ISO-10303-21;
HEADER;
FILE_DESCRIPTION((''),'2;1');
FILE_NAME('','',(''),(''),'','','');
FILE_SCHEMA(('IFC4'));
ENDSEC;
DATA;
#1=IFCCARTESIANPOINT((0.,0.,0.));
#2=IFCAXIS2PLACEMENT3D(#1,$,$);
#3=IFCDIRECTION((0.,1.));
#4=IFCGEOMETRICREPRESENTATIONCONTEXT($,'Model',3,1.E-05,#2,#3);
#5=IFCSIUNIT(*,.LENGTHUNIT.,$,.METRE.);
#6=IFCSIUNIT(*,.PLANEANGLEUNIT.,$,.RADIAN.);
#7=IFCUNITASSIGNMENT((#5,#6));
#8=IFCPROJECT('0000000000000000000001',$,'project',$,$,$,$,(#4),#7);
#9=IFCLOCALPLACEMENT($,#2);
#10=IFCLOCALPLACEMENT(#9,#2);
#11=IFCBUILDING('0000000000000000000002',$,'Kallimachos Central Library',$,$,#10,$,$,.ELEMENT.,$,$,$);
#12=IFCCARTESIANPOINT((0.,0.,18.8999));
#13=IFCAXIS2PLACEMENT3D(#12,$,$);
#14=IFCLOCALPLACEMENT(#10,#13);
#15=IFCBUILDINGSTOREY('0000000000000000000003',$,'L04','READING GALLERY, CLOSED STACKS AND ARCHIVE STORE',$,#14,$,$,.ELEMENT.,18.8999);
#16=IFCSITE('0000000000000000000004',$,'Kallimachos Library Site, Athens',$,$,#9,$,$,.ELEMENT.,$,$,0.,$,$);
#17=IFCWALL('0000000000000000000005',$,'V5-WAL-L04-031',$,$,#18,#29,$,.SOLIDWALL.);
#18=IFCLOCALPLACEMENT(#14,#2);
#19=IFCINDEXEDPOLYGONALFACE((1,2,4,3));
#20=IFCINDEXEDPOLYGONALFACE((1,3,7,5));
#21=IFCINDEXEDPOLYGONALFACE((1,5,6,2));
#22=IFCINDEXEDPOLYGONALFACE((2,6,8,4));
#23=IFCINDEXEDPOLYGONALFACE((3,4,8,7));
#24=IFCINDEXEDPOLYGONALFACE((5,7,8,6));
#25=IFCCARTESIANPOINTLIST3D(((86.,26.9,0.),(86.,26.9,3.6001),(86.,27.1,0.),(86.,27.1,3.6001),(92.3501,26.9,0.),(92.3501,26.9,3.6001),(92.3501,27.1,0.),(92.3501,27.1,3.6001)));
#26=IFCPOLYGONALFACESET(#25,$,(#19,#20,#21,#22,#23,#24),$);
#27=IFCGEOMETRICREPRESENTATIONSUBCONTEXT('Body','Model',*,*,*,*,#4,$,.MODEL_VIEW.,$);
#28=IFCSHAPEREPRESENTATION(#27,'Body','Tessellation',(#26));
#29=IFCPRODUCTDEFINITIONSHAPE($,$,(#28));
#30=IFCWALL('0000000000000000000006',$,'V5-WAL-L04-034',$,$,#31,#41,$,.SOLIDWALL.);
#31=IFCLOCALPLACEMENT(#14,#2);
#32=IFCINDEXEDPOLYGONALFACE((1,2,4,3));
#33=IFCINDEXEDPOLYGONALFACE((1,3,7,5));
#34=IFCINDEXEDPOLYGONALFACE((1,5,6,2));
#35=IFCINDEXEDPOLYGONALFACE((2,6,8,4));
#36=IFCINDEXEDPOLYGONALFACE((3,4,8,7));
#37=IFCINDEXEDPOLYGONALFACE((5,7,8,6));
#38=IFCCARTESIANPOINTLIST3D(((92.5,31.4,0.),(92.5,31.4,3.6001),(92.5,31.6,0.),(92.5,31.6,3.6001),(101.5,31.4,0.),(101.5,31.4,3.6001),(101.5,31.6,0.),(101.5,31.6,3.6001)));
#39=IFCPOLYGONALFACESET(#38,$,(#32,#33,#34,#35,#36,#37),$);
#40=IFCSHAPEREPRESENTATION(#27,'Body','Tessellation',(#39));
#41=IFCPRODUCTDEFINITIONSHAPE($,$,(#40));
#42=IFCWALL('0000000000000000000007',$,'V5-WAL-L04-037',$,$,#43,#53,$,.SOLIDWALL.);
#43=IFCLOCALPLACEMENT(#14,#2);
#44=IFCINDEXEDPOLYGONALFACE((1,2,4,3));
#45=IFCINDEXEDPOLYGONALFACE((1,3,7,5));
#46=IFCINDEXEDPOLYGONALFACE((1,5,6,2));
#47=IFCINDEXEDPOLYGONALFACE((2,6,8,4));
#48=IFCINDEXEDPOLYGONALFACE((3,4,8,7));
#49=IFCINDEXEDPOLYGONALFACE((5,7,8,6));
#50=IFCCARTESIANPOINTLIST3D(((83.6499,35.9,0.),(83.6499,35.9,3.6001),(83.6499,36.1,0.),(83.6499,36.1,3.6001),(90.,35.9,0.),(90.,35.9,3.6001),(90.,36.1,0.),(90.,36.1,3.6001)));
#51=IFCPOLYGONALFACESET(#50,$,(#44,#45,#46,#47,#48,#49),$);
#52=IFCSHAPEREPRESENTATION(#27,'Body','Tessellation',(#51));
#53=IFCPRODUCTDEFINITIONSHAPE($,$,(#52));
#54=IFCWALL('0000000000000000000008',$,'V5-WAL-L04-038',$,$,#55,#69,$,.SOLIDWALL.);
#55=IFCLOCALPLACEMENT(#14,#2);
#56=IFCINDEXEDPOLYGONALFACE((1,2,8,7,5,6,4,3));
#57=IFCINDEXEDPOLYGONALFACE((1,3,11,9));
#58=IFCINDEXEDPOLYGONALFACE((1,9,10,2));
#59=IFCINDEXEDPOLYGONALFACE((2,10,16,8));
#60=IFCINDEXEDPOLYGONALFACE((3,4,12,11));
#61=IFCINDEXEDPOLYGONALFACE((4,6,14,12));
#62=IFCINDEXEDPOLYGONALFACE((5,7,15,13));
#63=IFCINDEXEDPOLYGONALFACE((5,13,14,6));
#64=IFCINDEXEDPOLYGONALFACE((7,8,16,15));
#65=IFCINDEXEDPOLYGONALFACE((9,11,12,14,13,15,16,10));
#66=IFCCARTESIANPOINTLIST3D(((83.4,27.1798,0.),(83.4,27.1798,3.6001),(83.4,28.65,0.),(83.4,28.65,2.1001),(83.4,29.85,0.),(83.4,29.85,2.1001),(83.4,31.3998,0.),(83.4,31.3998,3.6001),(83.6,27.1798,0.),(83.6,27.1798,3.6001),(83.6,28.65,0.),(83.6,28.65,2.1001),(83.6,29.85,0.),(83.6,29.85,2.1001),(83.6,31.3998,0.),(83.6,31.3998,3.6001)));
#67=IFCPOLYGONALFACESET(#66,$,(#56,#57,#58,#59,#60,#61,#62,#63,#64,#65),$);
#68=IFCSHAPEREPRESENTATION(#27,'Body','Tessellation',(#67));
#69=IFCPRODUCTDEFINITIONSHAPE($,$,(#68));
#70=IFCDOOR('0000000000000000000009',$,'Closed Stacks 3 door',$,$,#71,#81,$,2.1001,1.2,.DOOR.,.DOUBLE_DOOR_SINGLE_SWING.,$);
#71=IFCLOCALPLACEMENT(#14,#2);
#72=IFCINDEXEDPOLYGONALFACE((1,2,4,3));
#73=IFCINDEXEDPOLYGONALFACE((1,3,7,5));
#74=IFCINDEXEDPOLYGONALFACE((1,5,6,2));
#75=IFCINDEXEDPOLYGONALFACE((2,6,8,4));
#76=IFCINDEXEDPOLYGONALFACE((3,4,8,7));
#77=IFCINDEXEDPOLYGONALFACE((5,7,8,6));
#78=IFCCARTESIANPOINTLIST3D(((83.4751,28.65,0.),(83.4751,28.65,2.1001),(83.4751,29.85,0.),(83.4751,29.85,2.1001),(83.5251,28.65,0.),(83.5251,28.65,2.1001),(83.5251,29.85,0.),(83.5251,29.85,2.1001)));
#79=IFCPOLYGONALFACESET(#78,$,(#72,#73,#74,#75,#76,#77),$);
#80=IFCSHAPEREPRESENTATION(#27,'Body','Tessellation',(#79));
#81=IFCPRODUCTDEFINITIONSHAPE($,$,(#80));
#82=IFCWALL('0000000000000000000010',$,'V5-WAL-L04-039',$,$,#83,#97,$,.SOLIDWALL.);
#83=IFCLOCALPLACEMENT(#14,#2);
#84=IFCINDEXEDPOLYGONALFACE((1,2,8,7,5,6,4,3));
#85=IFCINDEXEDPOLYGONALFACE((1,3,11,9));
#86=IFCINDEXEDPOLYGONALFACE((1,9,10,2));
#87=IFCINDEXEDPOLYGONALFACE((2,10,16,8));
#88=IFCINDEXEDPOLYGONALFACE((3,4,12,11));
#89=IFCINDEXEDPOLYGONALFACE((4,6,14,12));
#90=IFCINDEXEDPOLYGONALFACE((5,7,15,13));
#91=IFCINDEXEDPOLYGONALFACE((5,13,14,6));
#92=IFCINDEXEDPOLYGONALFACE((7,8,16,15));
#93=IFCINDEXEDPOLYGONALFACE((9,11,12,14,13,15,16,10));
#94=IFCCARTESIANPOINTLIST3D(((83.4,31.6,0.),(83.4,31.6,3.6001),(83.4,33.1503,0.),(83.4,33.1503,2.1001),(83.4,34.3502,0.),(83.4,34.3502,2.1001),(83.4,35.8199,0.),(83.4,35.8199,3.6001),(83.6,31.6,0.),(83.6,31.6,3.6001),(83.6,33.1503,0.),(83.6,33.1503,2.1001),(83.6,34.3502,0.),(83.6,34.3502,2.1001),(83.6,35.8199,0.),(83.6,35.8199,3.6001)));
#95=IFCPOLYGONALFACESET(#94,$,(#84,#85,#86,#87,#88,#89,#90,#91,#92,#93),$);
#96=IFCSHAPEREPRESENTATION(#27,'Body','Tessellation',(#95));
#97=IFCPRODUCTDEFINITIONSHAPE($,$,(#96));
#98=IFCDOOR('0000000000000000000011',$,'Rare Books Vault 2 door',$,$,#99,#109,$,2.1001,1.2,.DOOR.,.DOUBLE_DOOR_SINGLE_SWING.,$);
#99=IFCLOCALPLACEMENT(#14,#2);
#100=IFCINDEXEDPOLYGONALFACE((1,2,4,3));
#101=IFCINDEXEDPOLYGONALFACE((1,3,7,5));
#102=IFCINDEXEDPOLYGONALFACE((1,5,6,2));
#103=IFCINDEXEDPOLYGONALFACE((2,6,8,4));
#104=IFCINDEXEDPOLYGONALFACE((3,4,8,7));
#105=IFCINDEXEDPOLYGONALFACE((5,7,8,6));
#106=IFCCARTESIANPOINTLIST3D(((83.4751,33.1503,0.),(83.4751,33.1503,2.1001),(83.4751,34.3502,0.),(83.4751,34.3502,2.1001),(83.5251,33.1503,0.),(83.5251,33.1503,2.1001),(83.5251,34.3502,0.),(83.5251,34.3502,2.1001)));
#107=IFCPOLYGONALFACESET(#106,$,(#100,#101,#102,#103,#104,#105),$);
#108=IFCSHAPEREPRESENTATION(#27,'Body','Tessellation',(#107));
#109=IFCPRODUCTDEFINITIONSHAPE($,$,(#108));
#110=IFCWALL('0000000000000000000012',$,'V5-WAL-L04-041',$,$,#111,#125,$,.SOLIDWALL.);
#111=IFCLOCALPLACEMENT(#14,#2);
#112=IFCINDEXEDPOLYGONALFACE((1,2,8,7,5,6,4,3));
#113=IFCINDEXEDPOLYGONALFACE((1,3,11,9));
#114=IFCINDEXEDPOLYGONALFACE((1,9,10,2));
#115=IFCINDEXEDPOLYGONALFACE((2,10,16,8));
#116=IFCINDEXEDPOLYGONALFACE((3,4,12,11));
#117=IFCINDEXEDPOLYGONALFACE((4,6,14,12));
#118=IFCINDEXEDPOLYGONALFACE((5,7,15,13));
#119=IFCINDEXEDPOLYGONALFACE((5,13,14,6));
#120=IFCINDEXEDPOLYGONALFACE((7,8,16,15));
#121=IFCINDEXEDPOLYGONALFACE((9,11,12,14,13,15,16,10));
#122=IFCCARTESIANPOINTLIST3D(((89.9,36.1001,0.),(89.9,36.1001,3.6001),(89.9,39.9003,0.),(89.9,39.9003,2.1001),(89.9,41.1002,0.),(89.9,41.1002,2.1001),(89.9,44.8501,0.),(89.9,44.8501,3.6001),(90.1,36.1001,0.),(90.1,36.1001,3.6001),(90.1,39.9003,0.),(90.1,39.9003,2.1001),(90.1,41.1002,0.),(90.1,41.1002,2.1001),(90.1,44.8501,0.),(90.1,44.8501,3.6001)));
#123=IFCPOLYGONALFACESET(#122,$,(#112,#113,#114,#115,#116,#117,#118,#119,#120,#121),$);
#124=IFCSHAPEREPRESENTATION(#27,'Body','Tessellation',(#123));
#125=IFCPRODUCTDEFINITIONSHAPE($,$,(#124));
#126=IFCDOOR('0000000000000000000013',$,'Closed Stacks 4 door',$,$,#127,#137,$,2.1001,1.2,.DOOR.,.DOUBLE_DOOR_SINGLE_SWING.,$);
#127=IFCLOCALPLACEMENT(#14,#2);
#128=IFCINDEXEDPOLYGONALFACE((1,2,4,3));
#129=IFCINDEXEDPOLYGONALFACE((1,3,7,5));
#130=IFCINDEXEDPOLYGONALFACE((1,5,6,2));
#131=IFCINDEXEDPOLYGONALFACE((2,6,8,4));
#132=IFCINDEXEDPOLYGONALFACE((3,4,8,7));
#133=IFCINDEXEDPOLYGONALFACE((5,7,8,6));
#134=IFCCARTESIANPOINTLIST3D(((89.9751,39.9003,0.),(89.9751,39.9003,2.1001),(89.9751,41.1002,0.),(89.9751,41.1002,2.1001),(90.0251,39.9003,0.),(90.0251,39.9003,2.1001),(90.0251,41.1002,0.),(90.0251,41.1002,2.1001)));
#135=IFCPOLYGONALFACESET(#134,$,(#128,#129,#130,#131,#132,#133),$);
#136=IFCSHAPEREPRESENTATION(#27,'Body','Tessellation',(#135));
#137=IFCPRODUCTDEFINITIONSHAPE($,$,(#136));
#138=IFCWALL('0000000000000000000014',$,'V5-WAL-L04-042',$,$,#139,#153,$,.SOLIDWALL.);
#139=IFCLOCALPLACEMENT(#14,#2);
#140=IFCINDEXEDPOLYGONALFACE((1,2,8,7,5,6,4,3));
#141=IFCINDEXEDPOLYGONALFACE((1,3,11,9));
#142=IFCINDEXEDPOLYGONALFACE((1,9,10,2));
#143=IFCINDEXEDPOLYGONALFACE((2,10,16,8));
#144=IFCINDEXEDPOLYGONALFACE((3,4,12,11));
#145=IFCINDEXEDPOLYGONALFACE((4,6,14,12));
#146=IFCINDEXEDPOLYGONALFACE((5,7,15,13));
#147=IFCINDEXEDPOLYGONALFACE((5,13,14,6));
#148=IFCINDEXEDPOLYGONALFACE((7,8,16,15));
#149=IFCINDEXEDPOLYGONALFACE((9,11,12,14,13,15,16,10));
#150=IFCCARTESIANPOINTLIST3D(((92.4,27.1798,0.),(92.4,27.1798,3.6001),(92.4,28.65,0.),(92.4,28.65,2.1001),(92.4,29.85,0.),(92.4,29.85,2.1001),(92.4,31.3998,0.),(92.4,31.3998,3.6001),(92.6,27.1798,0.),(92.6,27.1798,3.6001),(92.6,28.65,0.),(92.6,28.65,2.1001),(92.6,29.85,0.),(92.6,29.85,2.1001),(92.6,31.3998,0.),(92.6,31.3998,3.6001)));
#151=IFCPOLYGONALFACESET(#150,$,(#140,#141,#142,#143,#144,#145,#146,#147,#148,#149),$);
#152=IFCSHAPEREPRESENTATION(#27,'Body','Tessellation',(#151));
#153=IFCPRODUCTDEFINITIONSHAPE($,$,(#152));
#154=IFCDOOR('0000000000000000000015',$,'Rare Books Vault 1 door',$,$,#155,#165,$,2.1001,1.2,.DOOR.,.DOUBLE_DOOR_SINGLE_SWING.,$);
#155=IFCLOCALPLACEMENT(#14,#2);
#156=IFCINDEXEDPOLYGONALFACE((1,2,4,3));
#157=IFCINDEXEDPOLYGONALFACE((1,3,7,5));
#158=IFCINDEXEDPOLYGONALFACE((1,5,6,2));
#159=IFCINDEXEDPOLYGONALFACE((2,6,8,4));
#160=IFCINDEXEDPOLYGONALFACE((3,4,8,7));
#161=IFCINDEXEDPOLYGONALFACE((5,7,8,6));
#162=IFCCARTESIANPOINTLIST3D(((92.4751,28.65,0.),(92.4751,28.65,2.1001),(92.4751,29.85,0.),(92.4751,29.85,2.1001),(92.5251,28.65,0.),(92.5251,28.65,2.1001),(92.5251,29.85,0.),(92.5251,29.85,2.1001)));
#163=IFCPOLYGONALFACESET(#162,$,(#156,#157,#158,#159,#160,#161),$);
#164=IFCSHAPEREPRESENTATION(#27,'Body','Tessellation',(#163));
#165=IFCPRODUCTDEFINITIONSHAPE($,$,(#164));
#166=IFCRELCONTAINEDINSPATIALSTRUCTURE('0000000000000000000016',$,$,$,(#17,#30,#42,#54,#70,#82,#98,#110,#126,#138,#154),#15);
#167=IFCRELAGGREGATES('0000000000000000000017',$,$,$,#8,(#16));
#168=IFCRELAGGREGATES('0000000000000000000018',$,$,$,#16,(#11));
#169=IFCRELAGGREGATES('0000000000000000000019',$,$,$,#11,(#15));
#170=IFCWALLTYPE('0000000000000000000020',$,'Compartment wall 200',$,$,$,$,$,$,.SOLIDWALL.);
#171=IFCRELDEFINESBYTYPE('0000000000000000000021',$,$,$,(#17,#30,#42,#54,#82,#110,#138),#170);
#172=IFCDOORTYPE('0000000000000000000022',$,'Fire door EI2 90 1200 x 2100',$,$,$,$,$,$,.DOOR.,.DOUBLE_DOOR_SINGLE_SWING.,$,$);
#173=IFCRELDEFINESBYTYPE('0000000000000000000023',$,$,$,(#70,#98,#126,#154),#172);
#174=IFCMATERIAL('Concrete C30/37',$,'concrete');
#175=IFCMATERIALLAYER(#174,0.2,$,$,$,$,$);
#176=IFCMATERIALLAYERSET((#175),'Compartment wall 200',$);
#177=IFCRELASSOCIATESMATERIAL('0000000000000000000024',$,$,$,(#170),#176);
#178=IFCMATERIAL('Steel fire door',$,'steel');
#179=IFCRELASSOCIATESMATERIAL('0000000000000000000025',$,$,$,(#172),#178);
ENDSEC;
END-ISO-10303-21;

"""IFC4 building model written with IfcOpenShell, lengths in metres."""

from ifc_helpers import new_model, si_unit, direction, frame, frame_2d, origin, place, context, subcontext, project, spatial, rectangle, extrude, material, layer, layer_set, type_object, element, fill, save


model = new_model("IFC4")

# Units and contexts
model_context = context("Model", 3, precision=1e-05, world=origin(), true_north=direction((0.0, 1.0)))
body_context = subcontext(model_context, "Body", "Model", "MODEL_VIEW")
ifc_project = project(units=[si_unit("LENGTHUNIT", "METRE"), si_unit("PLANEANGLEUNIT", "RADIAN")], contexts=[model_context])

# Site, building, storey
site_placement = place(None, origin())
site = spatial("IfcSite", under=ifc_project, at=site_placement, Name="Kallimachos Library Site, Athens", CompositionType="ELEMENT", RefElevation=0.0)
building_placement = place(site_placement, origin())
building = spatial("IfcBuilding", under=site, at=building_placement, Name="Kallimachos Central Library", CompositionType="ELEMENT")
storey_placement = place(building_placement, frame((0.0, 0.0, 18.8999)))
storey = spatial("IfcBuildingStorey", under=building, at=storey_placement, Name="L04", Description="READING GALLERY, CLOSED STACKS AND ARCHIVE STORE", CompositionType="ELEMENT", Elevation=18.8999)

# Walls
ifc_material_1 = material(Name="Concrete C30/37", Category="concrete")
ifc_layer_1 = layer(ifc_material_1, 0.2)
ifc_layer_set_1 = layer_set([ifc_layer_1], Name="Compartment wall 200")
wall_type_1 = type_object("IfcWallType", Name="Compartment wall 200", PredefinedType="SOLIDWALL", material=ifc_layer_set_1)
wall_1_placement = place(storey_placement, frame((86.0, 27.0, 0.0), z_axis=(0.0, 0.0, 1.0), x_axis=(1.0, 0.0, 0.0)))
element("IfcWall", 1, at=wall_1_placement, inside=storey, type_object=wall_type_1, Name="V5-WAL-L04-031", PredefinedType="SOLIDWALL", context=body_context, shape_type="SweptSolid", body=[
    extrude(rectangle(XDim=6.3501, YDim=0.2, at=frame_2d((3.175, 0.0))), origin(), (0.0, 0.0, 1.0), 3.6001),
])
wall_2_placement = place(storey_placement, frame((92.5, 31.5, 0.0), z_axis=(0.0, 0.0, 1.0), x_axis=(1.0, 0.0, 0.0)))
element("IfcWall", 2, at=wall_2_placement, inside=storey, type_object=wall_type_1, Name="V5-WAL-L04-034", PredefinedType="SOLIDWALL", context=body_context, shape_type="SweptSolid", body=[
    extrude(rectangle(XDim=9.0, YDim=0.2, at=frame_2d((4.5, 0.0))), origin(), (0.0, 0.0, 1.0), 3.6001),
])
wall_3_placement = place(storey_placement, frame((83.6499, 36.0, 0.0), z_axis=(0.0, 0.0, 1.0), x_axis=(1.0, 0.0, 0.0)))
element("IfcWall", 3, at=wall_3_placement, inside=storey, type_object=wall_type_1, Name="V5-WAL-L04-037", PredefinedType="SOLIDWALL", context=body_context, shape_type="SweptSolid", body=[
    extrude(rectangle(XDim=6.3501, YDim=0.2, at=frame_2d((3.175, 0.0))), origin(), (0.0, 0.0, 1.0), 3.6001),
])

# Walls, openings, doors
wall_4_placement = place(storey_placement, frame((83.5, 27.1799, 0.0), z_axis=(0.0, 0.0, 1.0), x_axis=(0.0, 1.0, 0.0)))
wall_4 = element("IfcWall", 4, at=wall_4_placement, inside=storey, type_object=wall_type_1, Name="V5-WAL-L04-038", PredefinedType="SOLIDWALL", context=body_context, shape_type="SweptSolid", body=[
    extrude(rectangle(XDim=4.22, YDim=0.2, at=frame_2d((2.1099, 0.0))), origin(), (0.0, 0.0, 1.0), 3.6001),
])
opening_1_placement = place(wall_4_placement, frame((1.47, 0.0, 0.0)))
opening_1 = element("IfcOpeningElement", 5, at=opening_1_placement, cuts=wall_4, PredefinedType="OPENING", context=body_context, shape_type="SweptSolid", body=[
    extrude(rectangle(XDim=1.2, YDim=2.1001, at=frame_2d((0.6001, 1.05))), frame((0.0, 0.1099, 0.0), z_axis=(0.0, -1.0, 0.0), x_axis=(1.0, 0.0, 0.0)), (0.0, 0.0, 1.0), 0.22),
])
ifc_material_2 = material(Name="Steel fire door", Category="steel")
door_type_1 = type_object("IfcDoorType", Name="Fire door EI2 90 1200 x 2100", OperationType="DOUBLE_DOOR_SINGLE_SWING", PredefinedType="DOOR", material=ifc_material_2)
door_1_placement = place(opening_1_placement, origin())
door_1 = element("IfcDoor", 6, at=door_1_placement, inside=storey, type_object=door_type_1, Name="Closed Stacks 3 door", OperationType="DOUBLE_DOOR_SINGLE_SWING", OverallHeight=2.1001, OverallWidth=1.2, PredefinedType="DOOR", context=body_context, shape_type="SweptSolid", body=[
    extrude(rectangle(XDim=1.2, YDim=2.1001, at=frame_2d((0.6001, 1.05))), frame((0.0, 0.0249, 0.0), z_axis=(0.0, -1.0, 0.0), x_axis=(1.0, 0.0, 0.0)), (0.0, 0.0, 1.0), 0.05),
])
fill(opening_1, door_1)
wall_5_placement = place(storey_placement, frame((83.5, 31.6001, 0.0), z_axis=(0.0, 0.0, 1.0), x_axis=(0.0, 1.0, 0.0)))
wall_5 = element("IfcWall", 7, at=wall_5_placement, inside=storey, type_object=wall_type_1, Name="V5-WAL-L04-039", PredefinedType="SOLIDWALL", context=body_context, shape_type="SweptSolid", body=[
    extrude(rectangle(XDim=4.22, YDim=0.2, at=frame_2d((2.1099, 0.0))), origin(), (0.0, 0.0, 1.0), 3.6001),
])
opening_2_placement = place(wall_5_placement, frame((1.55, 0.0, 0.0)))
opening_2 = element("IfcOpeningElement", 8, at=opening_2_placement, cuts=wall_5, PredefinedType="OPENING", context=body_context, shape_type="SweptSolid", body=[
    extrude(rectangle(XDim=1.2, YDim=2.1001, at=frame_2d((0.6001, 1.05))), frame((0.0, 0.1099, 0.0), z_axis=(0.0, -1.0, 0.0), x_axis=(1.0, 0.0, 0.0)), (0.0, 0.0, 1.0), 0.22),
])
door_2_placement = place(opening_2_placement, origin())
door_2 = element("IfcDoor", 9, at=door_2_placement, inside=storey, type_object=door_type_1, Name="Rare Books Vault 2 door", OperationType="DOUBLE_DOOR_SINGLE_SWING", OverallHeight=2.1001, OverallWidth=1.2, PredefinedType="DOOR", context=body_context, shape_type="SweptSolid", body=[
    extrude(rectangle(XDim=1.2, YDim=2.1001, at=frame_2d((0.6001, 1.05))), frame((0.0, 0.0249, 0.0), z_axis=(0.0, -1.0, 0.0), x_axis=(1.0, 0.0, 0.0)), (0.0, 0.0, 1.0), 0.05),
])
fill(opening_2, door_2)
wall_6_placement = place(storey_placement, frame((90.0, 36.1001, 0.0), z_axis=(0.0, 0.0, 1.0), x_axis=(0.0, 1.0, 0.0)))
wall_6 = element("IfcWall", 10, at=wall_6_placement, inside=storey, type_object=wall_type_1, Name="V5-WAL-L04-041", PredefinedType="SOLIDWALL", context=body_context, shape_type="SweptSolid", body=[
    extrude(rectangle(XDim=8.75, YDim=0.2, at=frame_2d((4.375, 0.0))), origin(), (0.0, 0.0, 1.0), 3.6001),
])
opening_3_placement = place(wall_6_placement, frame((3.8, 0.0, 0.0)))
opening_3 = element("IfcOpeningElement", 11, at=opening_3_placement, cuts=wall_6, PredefinedType="OPENING", context=body_context, shape_type="SweptSolid", body=[
    extrude(rectangle(XDim=1.2, YDim=2.1001, at=frame_2d((0.6001, 1.05))), frame((0.0, 0.1099, 0.0), z_axis=(0.0, -1.0, 0.0), x_axis=(1.0, 0.0, 0.0)), (0.0, 0.0, 1.0), 0.22),
])
door_3_placement = place(opening_3_placement, origin())
door_3 = element("IfcDoor", 12, at=door_3_placement, inside=storey, type_object=door_type_1, Name="Closed Stacks 4 door", OperationType="DOUBLE_DOOR_SINGLE_SWING", OverallHeight=2.1001, OverallWidth=1.2, PredefinedType="DOOR", context=body_context, shape_type="SweptSolid", body=[
    extrude(rectangle(XDim=1.2, YDim=2.1001, at=frame_2d((0.6001, 1.05))), frame((0.0, 0.0249, 0.0), z_axis=(0.0, -1.0, 0.0), x_axis=(1.0, 0.0, 0.0)), (0.0, 0.0, 1.0), 0.05),
])
fill(opening_3, door_3)
wall_7_placement = place(storey_placement, frame((92.5, 27.1799, 0.0), z_axis=(0.0, 0.0, 1.0), x_axis=(0.0, 1.0, 0.0)))
wall_7 = element("IfcWall", 13, at=wall_7_placement, inside=storey, type_object=wall_type_1, Name="V5-WAL-L04-042", PredefinedType="SOLIDWALL", context=body_context, shape_type="SweptSolid", body=[
    extrude(rectangle(XDim=4.22, YDim=0.2, at=frame_2d((2.1099, 0.0))), origin(), (0.0, 0.0, 1.0), 3.6001),
])
opening_4_placement = place(wall_7_placement, frame((1.47, 0.0, 0.0)))
opening_4 = element("IfcOpeningElement", 14, at=opening_4_placement, cuts=wall_7, PredefinedType="OPENING", context=body_context, shape_type="SweptSolid", body=[
    extrude(rectangle(XDim=1.2, YDim=2.1001, at=frame_2d((0.6001, 1.05))), frame((0.0, 0.1099, 0.0), z_axis=(0.0, -1.0, 0.0), x_axis=(1.0, 0.0, 0.0)), (0.0, 0.0, 1.0), 0.22),
])
door_4_placement = place(opening_4_placement, origin())
door_4 = element("IfcDoor", 15, at=door_4_placement, inside=storey, type_object=door_type_1, Name="Rare Books Vault 1 door", OperationType="DOUBLE_DOOR_SINGLE_SWING", OverallHeight=2.1001, OverallWidth=1.2, PredefinedType="DOOR", context=body_context, shape_type="SweptSolid", body=[
    extrude(rectangle(XDim=1.2, YDim=2.1001, at=frame_2d((0.6001, 1.05))), frame((0.0, 0.0249, 0.0), z_axis=(0.0, -1.0, 0.0), x_axis=(1.0, 0.0, 0.0)), (0.0, 0.0, 1.0), 0.05),
])
fill(opening_4, door_4)

save(model, "model.ifc")
